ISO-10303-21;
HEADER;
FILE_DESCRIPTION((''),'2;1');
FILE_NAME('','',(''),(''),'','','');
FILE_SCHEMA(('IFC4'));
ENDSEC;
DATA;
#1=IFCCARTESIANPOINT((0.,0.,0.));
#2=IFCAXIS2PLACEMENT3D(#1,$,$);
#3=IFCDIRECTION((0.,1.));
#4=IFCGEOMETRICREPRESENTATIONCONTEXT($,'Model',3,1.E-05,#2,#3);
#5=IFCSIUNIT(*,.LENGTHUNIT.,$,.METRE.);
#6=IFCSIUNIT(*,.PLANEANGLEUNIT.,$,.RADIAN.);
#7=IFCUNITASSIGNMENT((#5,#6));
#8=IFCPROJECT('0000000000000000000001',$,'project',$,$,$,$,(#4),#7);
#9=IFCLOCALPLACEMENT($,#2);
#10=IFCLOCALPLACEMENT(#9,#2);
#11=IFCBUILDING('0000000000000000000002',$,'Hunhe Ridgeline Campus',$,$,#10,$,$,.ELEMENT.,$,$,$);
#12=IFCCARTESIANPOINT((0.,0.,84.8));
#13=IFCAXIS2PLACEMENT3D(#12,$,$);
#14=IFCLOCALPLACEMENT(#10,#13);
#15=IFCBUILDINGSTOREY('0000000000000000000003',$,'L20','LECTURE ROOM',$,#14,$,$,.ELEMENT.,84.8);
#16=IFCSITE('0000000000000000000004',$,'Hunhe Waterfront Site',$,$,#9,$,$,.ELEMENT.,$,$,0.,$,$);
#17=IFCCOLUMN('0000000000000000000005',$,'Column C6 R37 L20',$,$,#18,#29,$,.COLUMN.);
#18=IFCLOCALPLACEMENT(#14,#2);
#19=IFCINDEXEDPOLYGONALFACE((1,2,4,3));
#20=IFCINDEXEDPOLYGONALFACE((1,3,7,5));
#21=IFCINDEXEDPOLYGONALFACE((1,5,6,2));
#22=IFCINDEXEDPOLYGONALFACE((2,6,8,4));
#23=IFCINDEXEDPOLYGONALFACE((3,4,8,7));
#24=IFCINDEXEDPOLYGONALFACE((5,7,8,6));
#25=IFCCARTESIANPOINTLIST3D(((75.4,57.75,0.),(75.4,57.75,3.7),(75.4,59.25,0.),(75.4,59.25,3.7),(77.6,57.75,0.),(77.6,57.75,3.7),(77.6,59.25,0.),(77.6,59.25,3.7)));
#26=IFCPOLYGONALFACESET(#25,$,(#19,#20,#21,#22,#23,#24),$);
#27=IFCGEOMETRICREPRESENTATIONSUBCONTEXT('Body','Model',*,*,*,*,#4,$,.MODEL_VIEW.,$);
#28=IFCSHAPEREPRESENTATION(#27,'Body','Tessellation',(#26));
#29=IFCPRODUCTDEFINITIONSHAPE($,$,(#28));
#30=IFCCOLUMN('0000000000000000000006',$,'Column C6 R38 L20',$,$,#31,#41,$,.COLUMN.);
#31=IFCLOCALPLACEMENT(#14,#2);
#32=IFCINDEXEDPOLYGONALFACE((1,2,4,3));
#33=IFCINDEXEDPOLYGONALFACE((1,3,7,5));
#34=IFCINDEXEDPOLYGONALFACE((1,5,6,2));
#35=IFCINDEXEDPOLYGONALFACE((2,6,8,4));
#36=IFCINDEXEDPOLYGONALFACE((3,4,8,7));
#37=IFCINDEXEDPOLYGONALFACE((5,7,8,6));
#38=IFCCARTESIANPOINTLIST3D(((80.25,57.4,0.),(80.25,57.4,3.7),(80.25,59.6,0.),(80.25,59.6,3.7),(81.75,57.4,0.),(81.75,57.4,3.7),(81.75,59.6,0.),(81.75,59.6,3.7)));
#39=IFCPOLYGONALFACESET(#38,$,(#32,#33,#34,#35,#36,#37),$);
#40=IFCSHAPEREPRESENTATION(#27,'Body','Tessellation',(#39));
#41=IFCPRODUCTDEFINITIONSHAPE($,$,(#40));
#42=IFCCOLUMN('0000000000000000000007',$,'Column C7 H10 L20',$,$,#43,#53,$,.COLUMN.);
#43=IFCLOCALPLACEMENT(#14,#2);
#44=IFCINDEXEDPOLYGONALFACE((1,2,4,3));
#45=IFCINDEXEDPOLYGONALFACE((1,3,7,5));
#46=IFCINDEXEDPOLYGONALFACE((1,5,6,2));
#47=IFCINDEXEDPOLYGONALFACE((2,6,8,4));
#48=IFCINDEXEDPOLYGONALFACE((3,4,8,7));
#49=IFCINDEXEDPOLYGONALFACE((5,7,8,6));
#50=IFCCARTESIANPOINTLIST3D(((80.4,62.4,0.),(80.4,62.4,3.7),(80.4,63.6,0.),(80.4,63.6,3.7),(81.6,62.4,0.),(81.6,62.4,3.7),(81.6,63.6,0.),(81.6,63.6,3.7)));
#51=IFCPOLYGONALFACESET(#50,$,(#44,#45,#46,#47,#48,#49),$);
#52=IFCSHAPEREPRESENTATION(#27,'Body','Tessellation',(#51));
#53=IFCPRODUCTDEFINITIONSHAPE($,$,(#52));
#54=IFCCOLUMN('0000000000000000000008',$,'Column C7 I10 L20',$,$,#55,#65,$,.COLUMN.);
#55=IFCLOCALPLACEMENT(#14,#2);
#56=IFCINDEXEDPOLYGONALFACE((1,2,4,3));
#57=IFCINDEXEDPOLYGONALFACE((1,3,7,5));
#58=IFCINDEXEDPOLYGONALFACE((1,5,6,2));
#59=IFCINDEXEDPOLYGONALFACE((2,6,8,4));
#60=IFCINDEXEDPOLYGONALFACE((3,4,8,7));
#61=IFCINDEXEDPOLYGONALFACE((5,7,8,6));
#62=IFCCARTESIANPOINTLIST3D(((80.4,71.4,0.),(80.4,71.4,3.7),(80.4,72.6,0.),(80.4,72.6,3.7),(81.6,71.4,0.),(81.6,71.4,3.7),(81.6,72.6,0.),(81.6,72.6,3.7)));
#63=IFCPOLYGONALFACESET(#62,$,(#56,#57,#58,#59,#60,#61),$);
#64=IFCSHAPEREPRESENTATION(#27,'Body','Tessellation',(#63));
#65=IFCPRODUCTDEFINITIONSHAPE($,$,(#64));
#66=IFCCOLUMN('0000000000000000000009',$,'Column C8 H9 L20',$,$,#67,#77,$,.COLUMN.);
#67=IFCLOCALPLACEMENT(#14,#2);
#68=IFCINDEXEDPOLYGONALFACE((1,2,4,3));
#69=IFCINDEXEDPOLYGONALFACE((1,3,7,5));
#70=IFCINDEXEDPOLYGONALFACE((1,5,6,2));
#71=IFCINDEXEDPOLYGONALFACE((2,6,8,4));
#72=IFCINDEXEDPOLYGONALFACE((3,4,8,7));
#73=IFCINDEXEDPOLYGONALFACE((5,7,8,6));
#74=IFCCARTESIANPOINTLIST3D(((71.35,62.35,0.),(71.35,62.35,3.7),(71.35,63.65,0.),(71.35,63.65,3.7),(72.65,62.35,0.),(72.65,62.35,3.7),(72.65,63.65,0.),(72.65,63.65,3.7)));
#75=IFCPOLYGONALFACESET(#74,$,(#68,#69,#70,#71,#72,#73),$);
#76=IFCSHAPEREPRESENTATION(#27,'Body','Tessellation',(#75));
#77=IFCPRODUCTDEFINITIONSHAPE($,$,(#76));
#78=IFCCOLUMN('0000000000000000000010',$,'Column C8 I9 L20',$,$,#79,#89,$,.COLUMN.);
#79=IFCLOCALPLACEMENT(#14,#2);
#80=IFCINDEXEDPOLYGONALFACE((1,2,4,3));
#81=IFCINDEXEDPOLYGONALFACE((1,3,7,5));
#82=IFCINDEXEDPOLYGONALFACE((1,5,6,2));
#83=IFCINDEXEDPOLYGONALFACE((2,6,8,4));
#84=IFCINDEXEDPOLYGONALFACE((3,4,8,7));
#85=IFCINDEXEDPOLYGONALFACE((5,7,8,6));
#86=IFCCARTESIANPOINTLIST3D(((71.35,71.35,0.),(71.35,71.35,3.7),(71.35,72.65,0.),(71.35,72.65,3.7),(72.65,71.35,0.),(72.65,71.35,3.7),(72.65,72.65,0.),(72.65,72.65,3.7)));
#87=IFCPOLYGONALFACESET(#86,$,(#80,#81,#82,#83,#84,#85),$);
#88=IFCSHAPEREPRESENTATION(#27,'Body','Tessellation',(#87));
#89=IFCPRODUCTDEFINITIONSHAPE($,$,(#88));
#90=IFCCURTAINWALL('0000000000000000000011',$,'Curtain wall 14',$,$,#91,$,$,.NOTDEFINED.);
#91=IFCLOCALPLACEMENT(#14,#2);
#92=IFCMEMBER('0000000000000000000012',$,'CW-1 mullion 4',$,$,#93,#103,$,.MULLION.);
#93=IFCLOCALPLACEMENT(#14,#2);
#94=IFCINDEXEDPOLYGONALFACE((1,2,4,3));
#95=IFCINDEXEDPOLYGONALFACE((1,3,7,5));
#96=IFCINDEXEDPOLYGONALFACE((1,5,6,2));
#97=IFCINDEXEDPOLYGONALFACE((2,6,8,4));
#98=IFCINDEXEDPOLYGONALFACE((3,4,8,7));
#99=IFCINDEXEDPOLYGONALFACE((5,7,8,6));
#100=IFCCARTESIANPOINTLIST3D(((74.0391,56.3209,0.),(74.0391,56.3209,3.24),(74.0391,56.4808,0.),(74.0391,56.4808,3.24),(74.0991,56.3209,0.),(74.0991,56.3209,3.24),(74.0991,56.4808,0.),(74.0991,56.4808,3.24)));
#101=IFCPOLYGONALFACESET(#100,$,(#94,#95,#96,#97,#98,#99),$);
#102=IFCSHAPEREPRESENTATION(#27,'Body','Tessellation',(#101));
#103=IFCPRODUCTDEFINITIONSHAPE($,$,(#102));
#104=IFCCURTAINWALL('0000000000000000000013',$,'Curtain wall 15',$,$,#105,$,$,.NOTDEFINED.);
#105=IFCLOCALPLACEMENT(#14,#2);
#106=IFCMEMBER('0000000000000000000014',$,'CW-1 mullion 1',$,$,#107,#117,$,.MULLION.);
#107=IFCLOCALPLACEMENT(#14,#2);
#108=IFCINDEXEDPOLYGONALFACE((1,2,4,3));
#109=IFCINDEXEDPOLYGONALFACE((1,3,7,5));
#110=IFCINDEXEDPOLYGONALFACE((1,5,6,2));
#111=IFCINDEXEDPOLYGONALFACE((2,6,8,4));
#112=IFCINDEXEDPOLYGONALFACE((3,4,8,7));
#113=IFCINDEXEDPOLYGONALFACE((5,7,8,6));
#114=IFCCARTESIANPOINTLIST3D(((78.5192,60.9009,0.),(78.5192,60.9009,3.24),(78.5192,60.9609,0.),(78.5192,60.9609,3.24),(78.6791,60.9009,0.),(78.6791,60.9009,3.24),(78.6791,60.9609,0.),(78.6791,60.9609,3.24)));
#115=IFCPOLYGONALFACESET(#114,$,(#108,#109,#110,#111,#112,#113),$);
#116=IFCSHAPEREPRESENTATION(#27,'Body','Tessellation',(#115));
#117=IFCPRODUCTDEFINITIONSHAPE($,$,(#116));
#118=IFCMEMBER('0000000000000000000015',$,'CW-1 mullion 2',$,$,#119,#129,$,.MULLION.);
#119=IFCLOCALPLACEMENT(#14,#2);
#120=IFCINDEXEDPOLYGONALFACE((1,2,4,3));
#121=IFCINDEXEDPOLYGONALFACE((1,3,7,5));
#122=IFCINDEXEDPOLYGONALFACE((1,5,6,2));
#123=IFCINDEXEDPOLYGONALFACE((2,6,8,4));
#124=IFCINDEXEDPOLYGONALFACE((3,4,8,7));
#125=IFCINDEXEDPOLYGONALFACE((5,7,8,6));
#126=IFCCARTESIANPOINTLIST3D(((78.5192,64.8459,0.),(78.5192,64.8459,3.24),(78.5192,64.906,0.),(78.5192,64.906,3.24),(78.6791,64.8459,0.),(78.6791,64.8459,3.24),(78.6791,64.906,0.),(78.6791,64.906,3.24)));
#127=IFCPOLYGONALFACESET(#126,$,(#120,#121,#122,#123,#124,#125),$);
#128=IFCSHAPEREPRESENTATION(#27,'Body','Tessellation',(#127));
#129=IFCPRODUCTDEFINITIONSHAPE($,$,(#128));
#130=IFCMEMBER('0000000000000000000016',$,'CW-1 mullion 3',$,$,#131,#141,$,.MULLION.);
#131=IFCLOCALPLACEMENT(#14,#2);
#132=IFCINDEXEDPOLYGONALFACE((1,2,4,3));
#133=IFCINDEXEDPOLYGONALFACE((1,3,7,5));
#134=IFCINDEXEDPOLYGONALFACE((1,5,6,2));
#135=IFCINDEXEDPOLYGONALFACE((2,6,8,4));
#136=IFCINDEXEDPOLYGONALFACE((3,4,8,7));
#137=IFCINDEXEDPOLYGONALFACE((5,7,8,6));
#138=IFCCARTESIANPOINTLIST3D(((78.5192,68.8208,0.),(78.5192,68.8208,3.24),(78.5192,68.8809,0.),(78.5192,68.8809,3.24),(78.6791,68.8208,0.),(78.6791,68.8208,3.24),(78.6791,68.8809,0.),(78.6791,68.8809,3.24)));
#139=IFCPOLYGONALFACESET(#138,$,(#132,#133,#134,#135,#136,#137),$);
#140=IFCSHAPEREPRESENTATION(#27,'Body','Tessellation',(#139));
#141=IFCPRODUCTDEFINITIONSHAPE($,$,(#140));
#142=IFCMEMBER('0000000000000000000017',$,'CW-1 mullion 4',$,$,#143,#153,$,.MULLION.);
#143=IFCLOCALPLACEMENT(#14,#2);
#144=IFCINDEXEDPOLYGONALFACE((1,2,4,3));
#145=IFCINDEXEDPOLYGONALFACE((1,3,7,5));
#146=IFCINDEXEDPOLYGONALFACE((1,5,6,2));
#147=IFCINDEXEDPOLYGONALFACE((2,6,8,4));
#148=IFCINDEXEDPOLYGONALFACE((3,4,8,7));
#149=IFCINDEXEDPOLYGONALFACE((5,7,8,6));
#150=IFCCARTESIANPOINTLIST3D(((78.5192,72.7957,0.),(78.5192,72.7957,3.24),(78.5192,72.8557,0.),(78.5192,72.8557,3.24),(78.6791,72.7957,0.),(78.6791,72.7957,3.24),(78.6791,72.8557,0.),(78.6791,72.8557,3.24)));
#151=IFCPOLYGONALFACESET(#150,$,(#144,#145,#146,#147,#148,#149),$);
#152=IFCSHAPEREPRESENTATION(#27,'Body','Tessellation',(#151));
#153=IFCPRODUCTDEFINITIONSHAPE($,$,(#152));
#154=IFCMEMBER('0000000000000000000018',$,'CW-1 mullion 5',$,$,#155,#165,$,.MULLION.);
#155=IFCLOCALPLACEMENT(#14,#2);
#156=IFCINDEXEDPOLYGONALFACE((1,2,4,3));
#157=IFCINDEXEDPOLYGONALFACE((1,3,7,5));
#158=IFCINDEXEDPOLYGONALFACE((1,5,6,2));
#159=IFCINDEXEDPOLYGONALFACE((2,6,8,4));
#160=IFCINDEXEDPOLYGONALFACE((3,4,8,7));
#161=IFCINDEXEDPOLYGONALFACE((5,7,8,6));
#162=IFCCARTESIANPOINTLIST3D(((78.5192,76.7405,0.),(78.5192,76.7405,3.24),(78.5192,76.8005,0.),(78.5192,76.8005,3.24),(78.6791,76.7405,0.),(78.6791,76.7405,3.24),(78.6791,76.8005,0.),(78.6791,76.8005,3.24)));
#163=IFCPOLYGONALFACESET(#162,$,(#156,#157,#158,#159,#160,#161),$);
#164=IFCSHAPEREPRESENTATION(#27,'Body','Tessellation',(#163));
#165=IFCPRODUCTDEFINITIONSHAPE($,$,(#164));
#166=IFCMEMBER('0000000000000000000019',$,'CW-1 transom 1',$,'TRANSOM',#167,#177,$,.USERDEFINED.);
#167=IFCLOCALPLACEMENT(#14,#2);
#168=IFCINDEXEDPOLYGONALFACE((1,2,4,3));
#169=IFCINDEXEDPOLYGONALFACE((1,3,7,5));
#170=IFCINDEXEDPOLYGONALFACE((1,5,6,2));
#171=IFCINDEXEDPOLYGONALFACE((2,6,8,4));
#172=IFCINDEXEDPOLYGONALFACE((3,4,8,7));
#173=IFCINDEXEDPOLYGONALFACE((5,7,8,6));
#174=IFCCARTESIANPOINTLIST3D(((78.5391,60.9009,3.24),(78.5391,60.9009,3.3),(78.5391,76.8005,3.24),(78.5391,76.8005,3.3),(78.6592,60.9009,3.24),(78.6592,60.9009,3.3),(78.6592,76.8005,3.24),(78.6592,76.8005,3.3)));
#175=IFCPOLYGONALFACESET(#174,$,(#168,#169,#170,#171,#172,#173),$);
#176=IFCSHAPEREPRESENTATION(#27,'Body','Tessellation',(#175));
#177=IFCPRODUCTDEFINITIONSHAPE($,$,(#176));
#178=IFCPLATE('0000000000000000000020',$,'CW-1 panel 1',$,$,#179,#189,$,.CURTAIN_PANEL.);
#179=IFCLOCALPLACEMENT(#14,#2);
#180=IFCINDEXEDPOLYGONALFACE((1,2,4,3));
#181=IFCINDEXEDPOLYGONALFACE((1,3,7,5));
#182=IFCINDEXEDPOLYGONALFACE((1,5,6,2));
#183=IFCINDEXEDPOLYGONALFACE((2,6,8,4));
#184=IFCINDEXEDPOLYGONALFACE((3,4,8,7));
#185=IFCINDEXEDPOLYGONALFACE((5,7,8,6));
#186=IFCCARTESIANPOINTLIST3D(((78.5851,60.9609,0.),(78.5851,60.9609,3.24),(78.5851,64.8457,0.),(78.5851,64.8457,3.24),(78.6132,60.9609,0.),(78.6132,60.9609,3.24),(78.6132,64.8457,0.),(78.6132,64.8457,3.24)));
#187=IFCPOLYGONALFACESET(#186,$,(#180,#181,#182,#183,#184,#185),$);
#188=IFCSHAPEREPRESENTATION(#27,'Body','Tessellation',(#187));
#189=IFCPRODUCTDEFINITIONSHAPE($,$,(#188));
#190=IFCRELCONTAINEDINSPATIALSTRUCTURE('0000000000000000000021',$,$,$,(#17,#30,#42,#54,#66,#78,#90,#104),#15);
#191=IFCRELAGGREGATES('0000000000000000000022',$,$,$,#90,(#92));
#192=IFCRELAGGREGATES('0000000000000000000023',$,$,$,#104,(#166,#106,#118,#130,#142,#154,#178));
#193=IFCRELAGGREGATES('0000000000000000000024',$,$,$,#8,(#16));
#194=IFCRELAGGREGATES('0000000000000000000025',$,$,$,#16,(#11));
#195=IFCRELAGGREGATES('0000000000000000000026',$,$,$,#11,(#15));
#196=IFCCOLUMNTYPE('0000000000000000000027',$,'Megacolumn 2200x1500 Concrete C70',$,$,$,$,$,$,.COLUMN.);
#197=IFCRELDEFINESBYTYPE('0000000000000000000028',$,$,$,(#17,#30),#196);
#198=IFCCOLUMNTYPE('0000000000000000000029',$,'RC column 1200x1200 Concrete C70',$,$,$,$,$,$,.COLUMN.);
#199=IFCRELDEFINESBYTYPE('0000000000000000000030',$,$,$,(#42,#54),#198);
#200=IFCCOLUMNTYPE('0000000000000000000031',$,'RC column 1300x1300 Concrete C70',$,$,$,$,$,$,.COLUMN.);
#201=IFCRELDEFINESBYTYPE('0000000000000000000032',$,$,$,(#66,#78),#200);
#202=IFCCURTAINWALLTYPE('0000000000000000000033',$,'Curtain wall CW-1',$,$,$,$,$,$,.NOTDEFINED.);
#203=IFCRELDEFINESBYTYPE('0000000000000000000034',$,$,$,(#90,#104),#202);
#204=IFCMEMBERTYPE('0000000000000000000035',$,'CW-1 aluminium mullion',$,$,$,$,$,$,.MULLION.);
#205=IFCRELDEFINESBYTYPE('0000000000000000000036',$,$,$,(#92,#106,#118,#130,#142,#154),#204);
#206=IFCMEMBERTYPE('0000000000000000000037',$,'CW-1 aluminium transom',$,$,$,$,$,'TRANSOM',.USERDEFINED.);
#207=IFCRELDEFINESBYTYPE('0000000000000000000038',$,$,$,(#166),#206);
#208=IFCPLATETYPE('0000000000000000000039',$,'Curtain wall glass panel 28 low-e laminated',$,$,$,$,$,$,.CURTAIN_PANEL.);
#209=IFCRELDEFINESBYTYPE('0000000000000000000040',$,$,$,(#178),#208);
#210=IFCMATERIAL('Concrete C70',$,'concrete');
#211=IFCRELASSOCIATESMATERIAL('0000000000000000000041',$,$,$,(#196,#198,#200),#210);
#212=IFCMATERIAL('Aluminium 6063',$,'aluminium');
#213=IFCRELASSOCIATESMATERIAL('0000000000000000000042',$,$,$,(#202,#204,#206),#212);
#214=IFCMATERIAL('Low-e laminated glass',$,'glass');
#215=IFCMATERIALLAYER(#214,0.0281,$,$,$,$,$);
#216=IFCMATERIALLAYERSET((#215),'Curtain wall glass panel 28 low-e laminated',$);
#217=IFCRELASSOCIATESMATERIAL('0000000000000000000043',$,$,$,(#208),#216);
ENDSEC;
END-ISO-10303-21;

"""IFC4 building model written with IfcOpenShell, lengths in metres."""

from ifc_helpers import new_model, si_unit, direction, frame, origin, origin_2d, place, context, subcontext, project, spatial, rectangle, extrude, material, layer, layer_set, material_profile, profile_set, type_object, element, aggregate, save


model = new_model("IFC4")

# Units and contexts
model_context = context("Model", 3, precision=1e-05, world=origin(), true_north=direction((0.0, 1.0)))
body_context = subcontext(model_context, "Body", "Model", "MODEL_VIEW")
ifc_project = project(units=[si_unit("LENGTHUNIT", "METRE"), si_unit("PLANEANGLEUNIT", "RADIAN")], contexts=[model_context])

# Site, building, storey
site_placement = place(None, origin())
site = spatial("IfcSite", under=ifc_project, at=site_placement, Name="Hunhe Waterfront Site", CompositionType="ELEMENT", RefElevation=0.0)
building_placement = place(site_placement, origin())
building = spatial("IfcBuilding", under=site, at=building_placement, Name="Hunhe Ridgeline Campus", CompositionType="ELEMENT")
storey_placement = place(building_placement, frame((0.0, 0.0, 84.8)))
storey = spatial("IfcBuildingStorey", under=building, at=storey_placement, Name="L20", Description="LECTURE ROOM", CompositionType="ELEMENT", Elevation=84.8)

# Columns
ifc_material_1 = material(Name="Concrete C70", Category="concrete")
ifc_material_profile_1 = material_profile(ifc_material_1, rectangle(XDim=2.2, YDim=1.5, at=origin_2d()))
ifc_profile_set_1 = profile_set([ifc_material_profile_1], Name="Concrete C70")
column_type_1 = type_object("IfcColumnType", Name="Megacolumn 2200x1500 Concrete C70", PredefinedType="COLUMN", material=ifc_profile_set_1)
for number, where, z_axis, x_axis, name in (
    (1, (76.5, 58.5, 0.0), (0.0, 0.0, 1.0), (1.0, 0.0, 0.0), "Column C6 R37 L20"),
    (2, (81.0, 58.5, 0.0), (0.0, 0.0, 1.0), (0.0, 1.0, 0.0), "Column C6 R38 L20"),
):
    element("IfcColumn", number, at=place(storey_placement, frame(where, z_axis=z_axis, x_axis=x_axis)), inside=storey, type_object=column_type_1, Name=name, PredefinedType="COLUMN", context=body_context, shape_type="SweptSolid", body=[
        extrude(rectangle(XDim=2.2, YDim=1.5, at=origin_2d()), origin(), (0.0, 0.0, 1.0), 3.7),
    ])
ifc_material_profile_2 = material_profile(ifc_material_1, rectangle(XDim=1.2, YDim=1.2, at=origin_2d()))
ifc_profile_set_2 = profile_set([ifc_material_profile_2], Name="Concrete C70")
column_type_2 = type_object("IfcColumnType", Name="RC column 1200x1200 Concrete C70", PredefinedType="COLUMN", material=ifc_profile_set_2)
for number, where, z_axis, x_axis, name in (
    (3, (81.0, 63.0, 0.0), (0.0, 0.0, 1.0), (1.0, 0.0, 0.0), "Column C7 H10 L20"),
    (4, (81.0, 72.0, 0.0), (0.0, 0.0, 1.0), (1.0, 0.0, 0.0), "Column C7 I10 L20"),
):
    element("IfcColumn", number, at=place(storey_placement, frame(where, z_axis=z_axis, x_axis=x_axis)), inside=storey, type_object=column_type_2, Name=name, PredefinedType="COLUMN", context=body_context, shape_type="SweptSolid", body=[
        extrude(rectangle(XDim=1.2, YDim=1.2, at=origin_2d()), origin(), (0.0, 0.0, 1.0), 3.7),
    ])
ifc_material_profile_3 = material_profile(ifc_material_1, rectangle(XDim=1.3, YDim=1.3, at=origin_2d()))
ifc_profile_set_3 = profile_set([ifc_material_profile_3], Name="Concrete C70")
column_type_3 = type_object("IfcColumnType", Name="RC column 1300x1300 Concrete C70", PredefinedType="COLUMN", material=ifc_profile_set_3)
for number, where, z_axis, x_axis, name in (
    (5, (72.0, 63.0, 0.0), (0.0, 0.0, 1.0), (1.0, 0.0, 0.0), "Column C8 H9 L20"),
    (6, (72.0, 72.0, 0.0), (0.0, 0.0, 1.0), (1.0, 0.0, 0.0), "Column C8 I9 L20"),
):
    element("IfcColumn", number, at=place(storey_placement, frame(where, z_axis=z_axis, x_axis=x_axis)), inside=storey, type_object=column_type_3, Name=name, PredefinedType="COLUMN", context=body_context, shape_type="SweptSolid", body=[
        extrude(rectangle(XDim=1.3, YDim=1.3, at=origin_2d()), origin(), (0.0, 0.0, 1.0), 3.7),
    ])

# Curtain wall, member
ifc_material_2 = material(Name="Aluminium 6063", Category="aluminium")
curtain_wall_type = type_object("IfcCurtainWallType", Name="Curtain wall CW-1", PredefinedType="NOTDEFINED", material=ifc_material_2)
curtain_wall_1_placement = place(storey_placement, origin())
curtain_wall_1 = element("IfcCurtainWall", 7, at=curtain_wall_1_placement, inside=storey, type_object=curtain_wall_type, Name="Curtain wall 14", PredefinedType="NOTDEFINED")
ifc_material_profile_4 = material_profile(ifc_material_2, rectangle(XDim=0.1599, YDim=0.0601, at=origin_2d()))
ifc_profile_set_4 = profile_set([ifc_material_profile_4], Name="Aluminium 6063")
member_type_1 = type_object("IfcMemberType", Name="CW-1 aluminium mullion", PredefinedType="MULLION", material=ifc_profile_set_4)
member_1_placement = place(storey_placement, frame((74.0691, 56.4009, 0.0), z_axis=(0.0, 0.0, 1.0), x_axis=(0.0, 1.0, 0.0)))
member_1 = element("IfcMember", 8, at=member_1_placement, type_object=member_type_1, Name="CW-1 mullion 4", PredefinedType="MULLION", context=body_context, shape_type="SweptSolid", body=[
    extrude(rectangle(XDim=0.1599, YDim=0.0601, at=origin_2d()), origin(), (0.0, 0.0, 1.0), 3.24),
])
aggregate(curtain_wall_1, [member_1])

# Curtain wall, members, plate
curtain_wall_2_placement = place(storey_placement, origin())
curtain_wall_2 = element("IfcCurtainWall", 9, at=curtain_wall_2_placement, inside=storey, type_object=curtain_wall_type, Name="Curtain wall 15", PredefinedType="NOTDEFINED")
member_2_placement = place(storey_placement, frame((78.5991, 60.9309, 0.0), z_axis=(0.0, 0.0, 1.0), x_axis=(-1.0, 0.0, 0.0)))
member_2 = element("IfcMember", 10, at=member_2_placement, type_object=member_type_1, Name="CW-1 mullion 1", PredefinedType="MULLION", context=body_context, shape_type="SweptSolid", body=[
    extrude(rectangle(XDim=0.1599, YDim=0.0601, at=origin_2d()), origin(), (0.0, 0.0, 1.0), 3.24),
])
member_3_placement = place(storey_placement, frame((78.5991, 64.876, 0.0), z_axis=(0.0, 0.0, 1.0), x_axis=(-1.0, 0.0, 0.0)))
member_3 = element("IfcMember", 11, at=member_3_placement, type_object=member_type_1, Name="CW-1 mullion 2", PredefinedType="MULLION", context=body_context, shape_type="SweptSolid", body=[
    extrude(rectangle(XDim=0.1599, YDim=0.0601, at=origin_2d()), origin(), (0.0, 0.0, 1.0), 3.24),
])
member_4_placement = place(storey_placement, frame((78.5991, 68.8508, 0.0), z_axis=(0.0, 0.0, 1.0), x_axis=(-1.0, 0.0, 0.0)))
member_4 = element("IfcMember", 12, at=member_4_placement, type_object=member_type_1, Name="CW-1 mullion 3", PredefinedType="MULLION", context=body_context, shape_type="SweptSolid", body=[
    extrude(rectangle(XDim=0.1599, YDim=0.0601, at=origin_2d()), origin(), (0.0, 0.0, 1.0), 3.24),
])
member_5_placement = place(storey_placement, frame((78.5991, 72.8257, 0.0), z_axis=(0.0, 0.0, 1.0), x_axis=(-1.0, 0.0, 0.0)))
member_5 = element("IfcMember", 13, at=member_5_placement, type_object=member_type_1, Name="CW-1 mullion 4", PredefinedType="MULLION", context=body_context, shape_type="SweptSolid", body=[
    extrude(rectangle(XDim=0.1599, YDim=0.0601, at=origin_2d()), origin(), (0.0, 0.0, 1.0), 3.24),
])
member_6_placement = place(storey_placement, frame((78.5991, 76.7705, 0.0), z_axis=(0.0, 0.0, 1.0), x_axis=(-1.0, 0.0, 0.0)))
member_6 = element("IfcMember", 14, at=member_6_placement, type_object=member_type_1, Name="CW-1 mullion 5", PredefinedType="MULLION", context=body_context, shape_type="SweptSolid", body=[
    extrude(rectangle(XDim=0.1599, YDim=0.0601, at=origin_2d()), origin(), (0.0, 0.0, 1.0), 3.24),
])
ifc_material_profile_5 = material_profile(ifc_material_2, rectangle(XDim=0.1201, YDim=0.0601, at=origin_2d()))
ifc_profile_set_5 = profile_set([ifc_material_profile_5], Name="Aluminium 6063")
member_type_2 = type_object("IfcMemberType", Name="CW-1 aluminium transom", ElementType="TRANSOM", PredefinedType="USERDEFINED", material=ifc_profile_set_5)
member_7_placement = place(storey_placement, frame((78.5991, 60.9009, 3.27), z_axis=(0.0, 1.0, 0.0), x_axis=(-1.0, 0.0, 0.0)))
member_7 = element("IfcMember", 15, at=member_7_placement, type_object=member_type_2, Name="CW-1 transom 1", ObjectType="TRANSOM", PredefinedType="USERDEFINED", context=body_context, shape_type="SweptSolid", body=[
    extrude(rectangle(XDim=0.1201, YDim=0.0601, at=origin_2d()), origin(), (0.0, 0.0, 1.0), 15.8997),
])
ifc_material_3 = material(Name="Low-e laminated glass", Category="glass")
ifc_layer_1 = layer(ifc_material_3, 0.0281)
ifc_layer_set_1 = layer_set([ifc_layer_1], Name="Curtain wall glass panel 28 low-e laminated")
plate_type = type_object("IfcPlateType", Name="Curtain wall glass panel 28 low-e laminated", PredefinedType="CURTAIN_PANEL", material=ifc_layer_set_1)
plate_1_placement = place(storey_placement, frame((78.5991, 62.9033, 0.0), z_axis=(0.0, 0.0, 1.0), x_axis=(0.0, 1.0, 0.0)))
plate_1 = element("IfcPlate", 16, at=plate_1_placement, type_object=plate_type, Name="CW-1 panel 1", PredefinedType="CURTAIN_PANEL", context=body_context, shape_type="SweptSolid", body=[
    extrude(rectangle(XDim=3.8848, YDim=0.0281, at=origin_2d()), origin(), (0.0, 0.0, 1.0), 3.24),
])
aggregate(curtain_wall_2, [member_7, member_2, member_3, member_4, member_5, member_6, plate_1])

save(model, "model.ifc")
